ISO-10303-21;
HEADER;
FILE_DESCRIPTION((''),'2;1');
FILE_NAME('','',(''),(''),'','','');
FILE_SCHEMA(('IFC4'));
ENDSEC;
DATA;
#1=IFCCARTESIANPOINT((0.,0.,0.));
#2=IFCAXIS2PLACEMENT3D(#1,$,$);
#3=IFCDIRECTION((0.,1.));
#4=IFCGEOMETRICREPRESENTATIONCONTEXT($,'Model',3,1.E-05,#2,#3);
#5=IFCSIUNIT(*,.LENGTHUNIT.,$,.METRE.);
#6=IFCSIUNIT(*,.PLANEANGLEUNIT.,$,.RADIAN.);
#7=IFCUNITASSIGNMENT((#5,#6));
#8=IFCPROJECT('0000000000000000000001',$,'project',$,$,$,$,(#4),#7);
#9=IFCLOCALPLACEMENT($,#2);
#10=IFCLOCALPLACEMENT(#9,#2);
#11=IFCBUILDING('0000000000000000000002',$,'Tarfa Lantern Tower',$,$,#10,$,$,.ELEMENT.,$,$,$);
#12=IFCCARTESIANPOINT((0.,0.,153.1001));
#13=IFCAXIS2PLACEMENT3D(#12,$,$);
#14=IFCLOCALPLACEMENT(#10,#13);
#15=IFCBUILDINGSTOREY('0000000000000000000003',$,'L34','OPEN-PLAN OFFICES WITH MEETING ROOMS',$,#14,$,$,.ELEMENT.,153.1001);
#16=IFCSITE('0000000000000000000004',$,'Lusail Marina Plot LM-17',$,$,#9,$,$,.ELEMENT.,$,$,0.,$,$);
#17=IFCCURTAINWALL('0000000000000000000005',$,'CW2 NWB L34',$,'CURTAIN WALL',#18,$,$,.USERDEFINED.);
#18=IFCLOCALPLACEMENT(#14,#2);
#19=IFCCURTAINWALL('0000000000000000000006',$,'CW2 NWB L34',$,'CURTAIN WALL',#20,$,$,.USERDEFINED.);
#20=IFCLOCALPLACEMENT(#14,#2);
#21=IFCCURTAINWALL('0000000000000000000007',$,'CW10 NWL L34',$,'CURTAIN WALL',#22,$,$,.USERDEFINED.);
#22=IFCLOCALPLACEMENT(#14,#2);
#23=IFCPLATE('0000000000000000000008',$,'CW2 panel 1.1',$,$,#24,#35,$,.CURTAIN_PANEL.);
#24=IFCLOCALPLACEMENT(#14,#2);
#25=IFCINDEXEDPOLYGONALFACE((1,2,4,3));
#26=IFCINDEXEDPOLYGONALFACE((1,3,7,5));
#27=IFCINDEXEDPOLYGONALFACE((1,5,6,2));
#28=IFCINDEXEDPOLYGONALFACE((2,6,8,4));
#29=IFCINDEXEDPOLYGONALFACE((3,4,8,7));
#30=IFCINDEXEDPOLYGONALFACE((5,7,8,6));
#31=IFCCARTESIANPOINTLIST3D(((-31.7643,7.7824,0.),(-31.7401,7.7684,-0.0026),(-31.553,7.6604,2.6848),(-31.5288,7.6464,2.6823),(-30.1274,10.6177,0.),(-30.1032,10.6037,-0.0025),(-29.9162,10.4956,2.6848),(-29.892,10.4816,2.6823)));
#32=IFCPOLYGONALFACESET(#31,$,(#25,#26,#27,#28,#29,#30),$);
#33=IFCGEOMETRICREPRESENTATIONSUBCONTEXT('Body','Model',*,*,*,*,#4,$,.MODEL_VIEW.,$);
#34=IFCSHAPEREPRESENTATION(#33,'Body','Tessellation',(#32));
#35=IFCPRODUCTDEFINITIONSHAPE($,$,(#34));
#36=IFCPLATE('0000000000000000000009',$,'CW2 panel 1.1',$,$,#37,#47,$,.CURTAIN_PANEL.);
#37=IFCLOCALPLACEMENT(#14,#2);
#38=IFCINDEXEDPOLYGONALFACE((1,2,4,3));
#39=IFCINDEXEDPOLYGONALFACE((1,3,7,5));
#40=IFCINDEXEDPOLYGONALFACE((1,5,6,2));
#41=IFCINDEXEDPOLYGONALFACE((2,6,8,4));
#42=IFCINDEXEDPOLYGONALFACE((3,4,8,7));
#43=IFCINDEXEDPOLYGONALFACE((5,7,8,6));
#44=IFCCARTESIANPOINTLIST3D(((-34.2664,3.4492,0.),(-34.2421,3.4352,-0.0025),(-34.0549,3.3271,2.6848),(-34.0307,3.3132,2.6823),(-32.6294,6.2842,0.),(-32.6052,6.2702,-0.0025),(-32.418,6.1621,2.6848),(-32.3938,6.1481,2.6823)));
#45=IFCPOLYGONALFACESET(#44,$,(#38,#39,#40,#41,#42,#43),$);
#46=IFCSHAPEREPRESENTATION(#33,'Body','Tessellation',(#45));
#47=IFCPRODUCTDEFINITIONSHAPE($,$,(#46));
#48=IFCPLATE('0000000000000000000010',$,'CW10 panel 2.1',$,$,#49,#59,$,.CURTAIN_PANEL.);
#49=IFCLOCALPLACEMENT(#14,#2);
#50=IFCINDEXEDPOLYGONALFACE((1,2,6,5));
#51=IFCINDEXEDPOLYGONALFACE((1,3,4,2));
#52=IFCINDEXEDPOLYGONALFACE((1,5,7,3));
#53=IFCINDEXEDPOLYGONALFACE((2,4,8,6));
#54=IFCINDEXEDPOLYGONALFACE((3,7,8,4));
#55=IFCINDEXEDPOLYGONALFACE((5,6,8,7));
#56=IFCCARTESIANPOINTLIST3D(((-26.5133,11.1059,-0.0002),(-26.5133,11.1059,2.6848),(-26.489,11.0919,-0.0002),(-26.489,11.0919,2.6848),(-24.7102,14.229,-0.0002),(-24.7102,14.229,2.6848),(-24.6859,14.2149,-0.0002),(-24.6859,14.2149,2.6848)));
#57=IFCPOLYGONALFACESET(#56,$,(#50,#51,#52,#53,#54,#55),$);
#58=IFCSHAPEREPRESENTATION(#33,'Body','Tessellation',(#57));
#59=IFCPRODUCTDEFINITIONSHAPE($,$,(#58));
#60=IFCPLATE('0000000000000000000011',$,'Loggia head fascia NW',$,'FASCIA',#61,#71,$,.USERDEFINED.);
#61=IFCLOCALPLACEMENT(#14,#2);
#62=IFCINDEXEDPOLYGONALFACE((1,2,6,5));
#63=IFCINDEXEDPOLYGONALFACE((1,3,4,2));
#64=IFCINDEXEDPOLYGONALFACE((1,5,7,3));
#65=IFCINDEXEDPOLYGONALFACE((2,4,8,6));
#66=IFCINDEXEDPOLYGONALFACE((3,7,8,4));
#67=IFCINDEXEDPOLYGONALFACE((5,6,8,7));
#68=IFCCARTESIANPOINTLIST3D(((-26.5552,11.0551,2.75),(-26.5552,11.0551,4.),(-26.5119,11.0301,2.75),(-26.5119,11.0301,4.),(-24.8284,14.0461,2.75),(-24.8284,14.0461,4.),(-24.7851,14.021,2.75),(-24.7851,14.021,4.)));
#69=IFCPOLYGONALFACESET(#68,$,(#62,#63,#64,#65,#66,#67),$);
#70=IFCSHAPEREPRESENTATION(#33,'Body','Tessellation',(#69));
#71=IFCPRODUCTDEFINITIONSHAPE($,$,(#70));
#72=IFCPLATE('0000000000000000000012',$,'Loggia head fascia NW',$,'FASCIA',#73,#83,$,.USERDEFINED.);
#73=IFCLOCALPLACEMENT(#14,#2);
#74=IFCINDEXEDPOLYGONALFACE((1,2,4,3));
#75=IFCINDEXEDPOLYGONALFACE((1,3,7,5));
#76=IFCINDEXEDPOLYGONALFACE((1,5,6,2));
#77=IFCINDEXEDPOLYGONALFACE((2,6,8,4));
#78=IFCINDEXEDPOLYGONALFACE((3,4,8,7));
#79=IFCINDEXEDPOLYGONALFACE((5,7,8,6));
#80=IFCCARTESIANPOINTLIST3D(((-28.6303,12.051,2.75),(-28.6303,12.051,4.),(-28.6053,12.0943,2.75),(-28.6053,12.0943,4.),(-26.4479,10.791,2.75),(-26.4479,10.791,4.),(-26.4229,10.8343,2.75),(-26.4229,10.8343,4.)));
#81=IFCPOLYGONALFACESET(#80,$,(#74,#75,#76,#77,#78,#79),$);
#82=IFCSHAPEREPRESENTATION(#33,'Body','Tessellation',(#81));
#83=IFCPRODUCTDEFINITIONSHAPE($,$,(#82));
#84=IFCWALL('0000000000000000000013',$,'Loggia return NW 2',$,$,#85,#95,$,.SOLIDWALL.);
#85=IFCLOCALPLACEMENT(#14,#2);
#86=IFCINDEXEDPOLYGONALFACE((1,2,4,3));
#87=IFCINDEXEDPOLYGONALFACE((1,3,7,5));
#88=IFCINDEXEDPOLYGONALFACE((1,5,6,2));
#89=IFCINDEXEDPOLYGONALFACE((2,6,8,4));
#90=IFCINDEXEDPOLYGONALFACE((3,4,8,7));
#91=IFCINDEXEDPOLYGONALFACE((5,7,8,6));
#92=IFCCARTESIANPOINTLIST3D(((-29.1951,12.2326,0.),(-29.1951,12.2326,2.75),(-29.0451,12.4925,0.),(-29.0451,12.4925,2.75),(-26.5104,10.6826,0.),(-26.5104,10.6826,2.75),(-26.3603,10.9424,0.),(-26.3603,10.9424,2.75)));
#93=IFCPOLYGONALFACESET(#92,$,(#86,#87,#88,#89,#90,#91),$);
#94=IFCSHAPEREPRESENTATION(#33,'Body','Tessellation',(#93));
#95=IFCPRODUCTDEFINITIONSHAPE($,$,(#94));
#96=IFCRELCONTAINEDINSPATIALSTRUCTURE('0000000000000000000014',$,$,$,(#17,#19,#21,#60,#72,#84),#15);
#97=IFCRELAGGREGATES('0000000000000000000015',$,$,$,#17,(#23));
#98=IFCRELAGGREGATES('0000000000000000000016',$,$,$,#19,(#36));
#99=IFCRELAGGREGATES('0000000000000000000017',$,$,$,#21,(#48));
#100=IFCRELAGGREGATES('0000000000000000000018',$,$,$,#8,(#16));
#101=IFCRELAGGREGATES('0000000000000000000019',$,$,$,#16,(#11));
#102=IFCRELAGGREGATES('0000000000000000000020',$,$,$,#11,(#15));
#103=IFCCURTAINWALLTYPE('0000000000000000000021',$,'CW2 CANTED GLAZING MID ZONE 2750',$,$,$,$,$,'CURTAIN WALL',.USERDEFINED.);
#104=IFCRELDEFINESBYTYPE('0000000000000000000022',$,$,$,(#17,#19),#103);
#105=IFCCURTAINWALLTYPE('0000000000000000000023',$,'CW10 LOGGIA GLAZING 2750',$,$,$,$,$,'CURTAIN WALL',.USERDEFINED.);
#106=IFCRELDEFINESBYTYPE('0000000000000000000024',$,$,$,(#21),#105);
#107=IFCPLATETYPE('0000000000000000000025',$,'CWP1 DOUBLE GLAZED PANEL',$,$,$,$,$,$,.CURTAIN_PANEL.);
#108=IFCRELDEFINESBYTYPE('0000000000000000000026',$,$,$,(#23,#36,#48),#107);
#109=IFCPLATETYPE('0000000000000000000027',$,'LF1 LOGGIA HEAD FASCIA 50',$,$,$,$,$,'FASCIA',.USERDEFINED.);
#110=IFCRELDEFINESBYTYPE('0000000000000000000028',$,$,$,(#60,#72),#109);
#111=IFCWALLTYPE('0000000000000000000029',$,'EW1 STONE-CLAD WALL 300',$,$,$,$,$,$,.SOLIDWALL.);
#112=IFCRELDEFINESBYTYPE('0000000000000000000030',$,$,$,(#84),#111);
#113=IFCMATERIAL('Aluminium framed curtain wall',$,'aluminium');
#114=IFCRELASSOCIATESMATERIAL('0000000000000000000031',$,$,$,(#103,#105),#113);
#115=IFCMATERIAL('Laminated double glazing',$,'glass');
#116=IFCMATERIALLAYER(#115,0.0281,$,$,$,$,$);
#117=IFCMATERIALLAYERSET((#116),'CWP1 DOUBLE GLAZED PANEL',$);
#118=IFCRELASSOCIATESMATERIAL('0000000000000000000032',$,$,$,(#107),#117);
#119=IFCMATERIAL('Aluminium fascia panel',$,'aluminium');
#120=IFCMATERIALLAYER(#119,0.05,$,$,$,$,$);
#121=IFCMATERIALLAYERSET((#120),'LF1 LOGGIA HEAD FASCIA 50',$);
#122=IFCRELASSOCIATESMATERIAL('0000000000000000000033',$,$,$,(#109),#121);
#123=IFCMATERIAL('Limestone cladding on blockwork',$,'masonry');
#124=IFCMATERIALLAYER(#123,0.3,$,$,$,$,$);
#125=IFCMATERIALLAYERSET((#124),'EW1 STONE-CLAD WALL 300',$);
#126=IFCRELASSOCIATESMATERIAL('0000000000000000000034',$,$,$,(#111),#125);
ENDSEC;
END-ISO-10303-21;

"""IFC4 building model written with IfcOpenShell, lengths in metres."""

from ifc_helpers import new_model, si_unit, direction, frame, frame_2d, origin, origin_2d, place, context, subcontext, project, spatial, polyline, rectangle, outline, extrude, material, layer, layer_set, type_object, element, aggregate, save


model = new_model("IFC4")

# Units and contexts
model_context = context("Model", 3, precision=1e-05, world=origin(), true_north=direction((0.0, 1.0)))
body_context = subcontext(model_context, "Body", "Model", "MODEL_VIEW")
ifc_project = project(units=[si_unit("LENGTHUNIT", "METRE"), si_unit("PLANEANGLEUNIT", "RADIAN")], contexts=[model_context])

# Site, building, storey
site_placement = place(None, origin())
site = spatial("IfcSite", under=ifc_project, at=site_placement, Name="Lusail Marina Plot LM-17", CompositionType="ELEMENT", RefElevation=0.0)
building_placement = place(site_placement, origin())
building = spatial("IfcBuilding", under=site, at=building_placement, Name="Tarfa Lantern Tower", CompositionType="ELEMENT")
storey_placement = place(building_placement, frame((0.0, 0.0, 153.1001)))
storey = spatial("IfcBuildingStorey", under=building, at=storey_placement, Name="L34", Description="OPEN-PLAN OFFICES WITH MEETING ROOMS", CompositionType="ELEMENT", Elevation=153.1001)

# Curtain walls
ifc_material_1 = material(Name="Aluminium framed curtain wall", Category="aluminium")
curtain_wall_type_1 = type_object("IfcCurtainWallType", Name="CW2 CANTED GLAZING MID ZONE 2750", ElementType="CURTAIN WALL", PredefinedType="USERDEFINED", material=ifc_material_1)
curtain_wall_1_placement = place(storey_placement, origin())
curtain_wall_1 = element("IfcCurtainWall", 1, at=curtain_wall_1_placement, inside=storey, type_object=curtain_wall_type_1, Name="CW2 NWB L34", ObjectType="CURTAIN WALL", PredefinedType="USERDEFINED")
curtain_wall_2_placement = place(storey_placement, origin())
curtain_wall_2 = element("IfcCurtainWall", 2, at=curtain_wall_2_placement, inside=storey, type_object=curtain_wall_type_1, Name="CW2 NWB L34", ObjectType="CURTAIN WALL", PredefinedType="USERDEFINED")

# Curtain wall
curtain_wall_type_2 = type_object("IfcCurtainWallType", Name="CW10 LOGGIA GLAZING 2750", ElementType="CURTAIN WALL", PredefinedType="USERDEFINED", material=ifc_material_1)
curtain_wall_3_placement = place(storey_placement, origin())
curtain_wall_3 = element("IfcCurtainWall", 3, at=curtain_wall_3_placement, inside=storey, type_object=curtain_wall_type_2, Name="CW10 NWL L34", ObjectType="CURTAIN WALL", PredefinedType="USERDEFINED")

# Plates
ifc_material_2 = material(Name="Laminated double glazing", Category="glass")
ifc_layer_1 = layer(ifc_material_2, 0.0281)
ifc_layer_set_1 = layer_set([ifc_layer_1], Name="CWP1 DOUBLE GLAZED PANEL")
plate_type_1 = type_object("IfcPlateType", Name="CWP1 DOUBLE GLAZED PANEL", PredefinedType="CURTAIN_PANEL", material=ifc_layer_set_1)
plate_1_placement = place(storey_placement, frame((-30.1274, 10.6177, 0.0), z_axis=(-0.862479, 0.497932, 0.090519), x_axis=(-0.499985, -0.866034, -0.000003)))
plate_1 = element("IfcPlate", 4, at=plate_1_placement, type_object=plate_type_1, Name="CW2 panel 1.1", PredefinedType="CURTAIN_PANEL", context=body_context, shape_type="SweptSolid", body=[
    extrude(outline(polyline([(0.0, 0.0), (3.2738, 0.0), (3.2738, 2.6959), (0.0001, 2.6959), (0.0, 0.0)])), origin(), (0.0, 0.0, -1.0), 0.0281),
])
aggregate(curtain_wall_1, [plate_1])
plate_2_placement = place(storey_placement, frame((-32.6294, 6.2842, 0.0), z_axis=(-0.862441, 0.497991, 0.090558), x_axis=(-0.500045, -0.865999, 0.0)))
plate_2 = element("IfcPlate", 5, at=plate_2_placement, type_object=plate_type_1, Name="CW2 panel 1.1", PredefinedType="CURTAIN_PANEL", context=body_context, shape_type="SweptSolid", body=[
    extrude(outline(polyline([(0.0, 0.0), (3.2736, 0.0), (3.2736, 2.6959), (0.0, 2.6959), (0.0, 0.0)])), origin(), (0.0, 0.0, -1.0), 0.0281),
])
aggregate(curtain_wall_2, [plate_2])
plate_3_placement = place(storey_placement, frame((-25.5996, 12.6604, -0.0002), z_axis=(0.0, 0.0, 1.0), x_axis=(-0.5, -0.866025, 0.0)))
plate_3 = element("IfcPlate", 6, at=plate_3_placement, type_object=plate_type_1, Name="CW10 panel 2.1", PredefinedType="CURTAIN_PANEL", context=body_context, shape_type="SweptSolid", body=[
    extrude(rectangle(XDim=3.6062, YDim=0.0281, at=origin_2d()), origin(), (0.0, 0.0, 1.0), 2.6851),
])
aggregate(curtain_wall_3, [plate_3])

# Plates
ifc_material_3 = material(Name="Aluminium fascia panel", Category="aluminium")
ifc_layer_2 = layer(ifc_material_3, 0.05)
ifc_layer_set_2 = layer_set([ifc_layer_2], Name="LF1 LOGGIA HEAD FASCIA 50")
plate_type_2 = type_object("IfcPlateType", Name="LF1 LOGGIA HEAD FASCIA 50", ElementType="FASCIA", PredefinedType="USERDEFINED", material=ifc_layer_set_2)
plate_4_placement = place(storey_placement, frame((-25.6702, 12.5381, 2.75), z_axis=(0.0, 0.0, 1.0), x_axis=(-0.5, -0.866025, 0.0)))
element("IfcPlate", 7, at=plate_4_placement, inside=storey, type_object=plate_type_2, Name="Loggia head fascia NW", ObjectType="FASCIA", PredefinedType="USERDEFINED", context=body_context, shape_type="SweptSolid", body=[
    extrude(rectangle(XDim=3.4536, YDim=0.05, at=origin_2d()), origin(), (0.0, 0.0, 1.0), 1.25),
])
plate_5_placement = place(storey_placement, frame((-27.5266, 11.4426, 2.75), z_axis=(0.0, 0.0, 1.0), x_axis=(0.866025, -0.5, 0.0)))
element("IfcPlate", 8, at=plate_5_placement, inside=storey, type_object=plate_type_2, Name="Loggia head fascia NW", ObjectType="FASCIA", PredefinedType="USERDEFINED", context=body_context, shape_type="SweptSolid", body=[
    extrude(rectangle(XDim=2.52, YDim=0.05, at=origin_2d()), origin(), (0.0, 0.0, 1.0), 1.25),
])

# Wall
ifc_material_4 = material(Name="Limestone cladding on blockwork", Category="masonry")
ifc_layer_3 = layer(ifc_material_4, 0.3)
ifc_layer_set_3 = layer_set([ifc_layer_3], Name="EW1 STONE-CLAD WALL 300")
wall_type = type_object("IfcWallType", Name="EW1 STONE-CLAD WALL 300", PredefinedType="SOLIDWALL", material=ifc_layer_set_3)
wall_placement = place(storey_placement, frame((-29.1201, 12.3625, 0.0), z_axis=(0.0, 0.0, 1.0), x_axis=(0.86603, -0.499993, 0.0)))
element("IfcWall", 9, at=wall_placement, inside=storey, type_object=wall_type, Name="Loggia return NW 2", PredefinedType="SOLIDWALL", context=body_context, shape_type="SweptSolid", body=[
    extrude(rectangle(XDim=3.1001, YDim=0.3, at=frame_2d((1.55, 0.0))), origin(), (0.0, 0.0, 1.0), 2.75),
])

save(model, "model.ifc")
